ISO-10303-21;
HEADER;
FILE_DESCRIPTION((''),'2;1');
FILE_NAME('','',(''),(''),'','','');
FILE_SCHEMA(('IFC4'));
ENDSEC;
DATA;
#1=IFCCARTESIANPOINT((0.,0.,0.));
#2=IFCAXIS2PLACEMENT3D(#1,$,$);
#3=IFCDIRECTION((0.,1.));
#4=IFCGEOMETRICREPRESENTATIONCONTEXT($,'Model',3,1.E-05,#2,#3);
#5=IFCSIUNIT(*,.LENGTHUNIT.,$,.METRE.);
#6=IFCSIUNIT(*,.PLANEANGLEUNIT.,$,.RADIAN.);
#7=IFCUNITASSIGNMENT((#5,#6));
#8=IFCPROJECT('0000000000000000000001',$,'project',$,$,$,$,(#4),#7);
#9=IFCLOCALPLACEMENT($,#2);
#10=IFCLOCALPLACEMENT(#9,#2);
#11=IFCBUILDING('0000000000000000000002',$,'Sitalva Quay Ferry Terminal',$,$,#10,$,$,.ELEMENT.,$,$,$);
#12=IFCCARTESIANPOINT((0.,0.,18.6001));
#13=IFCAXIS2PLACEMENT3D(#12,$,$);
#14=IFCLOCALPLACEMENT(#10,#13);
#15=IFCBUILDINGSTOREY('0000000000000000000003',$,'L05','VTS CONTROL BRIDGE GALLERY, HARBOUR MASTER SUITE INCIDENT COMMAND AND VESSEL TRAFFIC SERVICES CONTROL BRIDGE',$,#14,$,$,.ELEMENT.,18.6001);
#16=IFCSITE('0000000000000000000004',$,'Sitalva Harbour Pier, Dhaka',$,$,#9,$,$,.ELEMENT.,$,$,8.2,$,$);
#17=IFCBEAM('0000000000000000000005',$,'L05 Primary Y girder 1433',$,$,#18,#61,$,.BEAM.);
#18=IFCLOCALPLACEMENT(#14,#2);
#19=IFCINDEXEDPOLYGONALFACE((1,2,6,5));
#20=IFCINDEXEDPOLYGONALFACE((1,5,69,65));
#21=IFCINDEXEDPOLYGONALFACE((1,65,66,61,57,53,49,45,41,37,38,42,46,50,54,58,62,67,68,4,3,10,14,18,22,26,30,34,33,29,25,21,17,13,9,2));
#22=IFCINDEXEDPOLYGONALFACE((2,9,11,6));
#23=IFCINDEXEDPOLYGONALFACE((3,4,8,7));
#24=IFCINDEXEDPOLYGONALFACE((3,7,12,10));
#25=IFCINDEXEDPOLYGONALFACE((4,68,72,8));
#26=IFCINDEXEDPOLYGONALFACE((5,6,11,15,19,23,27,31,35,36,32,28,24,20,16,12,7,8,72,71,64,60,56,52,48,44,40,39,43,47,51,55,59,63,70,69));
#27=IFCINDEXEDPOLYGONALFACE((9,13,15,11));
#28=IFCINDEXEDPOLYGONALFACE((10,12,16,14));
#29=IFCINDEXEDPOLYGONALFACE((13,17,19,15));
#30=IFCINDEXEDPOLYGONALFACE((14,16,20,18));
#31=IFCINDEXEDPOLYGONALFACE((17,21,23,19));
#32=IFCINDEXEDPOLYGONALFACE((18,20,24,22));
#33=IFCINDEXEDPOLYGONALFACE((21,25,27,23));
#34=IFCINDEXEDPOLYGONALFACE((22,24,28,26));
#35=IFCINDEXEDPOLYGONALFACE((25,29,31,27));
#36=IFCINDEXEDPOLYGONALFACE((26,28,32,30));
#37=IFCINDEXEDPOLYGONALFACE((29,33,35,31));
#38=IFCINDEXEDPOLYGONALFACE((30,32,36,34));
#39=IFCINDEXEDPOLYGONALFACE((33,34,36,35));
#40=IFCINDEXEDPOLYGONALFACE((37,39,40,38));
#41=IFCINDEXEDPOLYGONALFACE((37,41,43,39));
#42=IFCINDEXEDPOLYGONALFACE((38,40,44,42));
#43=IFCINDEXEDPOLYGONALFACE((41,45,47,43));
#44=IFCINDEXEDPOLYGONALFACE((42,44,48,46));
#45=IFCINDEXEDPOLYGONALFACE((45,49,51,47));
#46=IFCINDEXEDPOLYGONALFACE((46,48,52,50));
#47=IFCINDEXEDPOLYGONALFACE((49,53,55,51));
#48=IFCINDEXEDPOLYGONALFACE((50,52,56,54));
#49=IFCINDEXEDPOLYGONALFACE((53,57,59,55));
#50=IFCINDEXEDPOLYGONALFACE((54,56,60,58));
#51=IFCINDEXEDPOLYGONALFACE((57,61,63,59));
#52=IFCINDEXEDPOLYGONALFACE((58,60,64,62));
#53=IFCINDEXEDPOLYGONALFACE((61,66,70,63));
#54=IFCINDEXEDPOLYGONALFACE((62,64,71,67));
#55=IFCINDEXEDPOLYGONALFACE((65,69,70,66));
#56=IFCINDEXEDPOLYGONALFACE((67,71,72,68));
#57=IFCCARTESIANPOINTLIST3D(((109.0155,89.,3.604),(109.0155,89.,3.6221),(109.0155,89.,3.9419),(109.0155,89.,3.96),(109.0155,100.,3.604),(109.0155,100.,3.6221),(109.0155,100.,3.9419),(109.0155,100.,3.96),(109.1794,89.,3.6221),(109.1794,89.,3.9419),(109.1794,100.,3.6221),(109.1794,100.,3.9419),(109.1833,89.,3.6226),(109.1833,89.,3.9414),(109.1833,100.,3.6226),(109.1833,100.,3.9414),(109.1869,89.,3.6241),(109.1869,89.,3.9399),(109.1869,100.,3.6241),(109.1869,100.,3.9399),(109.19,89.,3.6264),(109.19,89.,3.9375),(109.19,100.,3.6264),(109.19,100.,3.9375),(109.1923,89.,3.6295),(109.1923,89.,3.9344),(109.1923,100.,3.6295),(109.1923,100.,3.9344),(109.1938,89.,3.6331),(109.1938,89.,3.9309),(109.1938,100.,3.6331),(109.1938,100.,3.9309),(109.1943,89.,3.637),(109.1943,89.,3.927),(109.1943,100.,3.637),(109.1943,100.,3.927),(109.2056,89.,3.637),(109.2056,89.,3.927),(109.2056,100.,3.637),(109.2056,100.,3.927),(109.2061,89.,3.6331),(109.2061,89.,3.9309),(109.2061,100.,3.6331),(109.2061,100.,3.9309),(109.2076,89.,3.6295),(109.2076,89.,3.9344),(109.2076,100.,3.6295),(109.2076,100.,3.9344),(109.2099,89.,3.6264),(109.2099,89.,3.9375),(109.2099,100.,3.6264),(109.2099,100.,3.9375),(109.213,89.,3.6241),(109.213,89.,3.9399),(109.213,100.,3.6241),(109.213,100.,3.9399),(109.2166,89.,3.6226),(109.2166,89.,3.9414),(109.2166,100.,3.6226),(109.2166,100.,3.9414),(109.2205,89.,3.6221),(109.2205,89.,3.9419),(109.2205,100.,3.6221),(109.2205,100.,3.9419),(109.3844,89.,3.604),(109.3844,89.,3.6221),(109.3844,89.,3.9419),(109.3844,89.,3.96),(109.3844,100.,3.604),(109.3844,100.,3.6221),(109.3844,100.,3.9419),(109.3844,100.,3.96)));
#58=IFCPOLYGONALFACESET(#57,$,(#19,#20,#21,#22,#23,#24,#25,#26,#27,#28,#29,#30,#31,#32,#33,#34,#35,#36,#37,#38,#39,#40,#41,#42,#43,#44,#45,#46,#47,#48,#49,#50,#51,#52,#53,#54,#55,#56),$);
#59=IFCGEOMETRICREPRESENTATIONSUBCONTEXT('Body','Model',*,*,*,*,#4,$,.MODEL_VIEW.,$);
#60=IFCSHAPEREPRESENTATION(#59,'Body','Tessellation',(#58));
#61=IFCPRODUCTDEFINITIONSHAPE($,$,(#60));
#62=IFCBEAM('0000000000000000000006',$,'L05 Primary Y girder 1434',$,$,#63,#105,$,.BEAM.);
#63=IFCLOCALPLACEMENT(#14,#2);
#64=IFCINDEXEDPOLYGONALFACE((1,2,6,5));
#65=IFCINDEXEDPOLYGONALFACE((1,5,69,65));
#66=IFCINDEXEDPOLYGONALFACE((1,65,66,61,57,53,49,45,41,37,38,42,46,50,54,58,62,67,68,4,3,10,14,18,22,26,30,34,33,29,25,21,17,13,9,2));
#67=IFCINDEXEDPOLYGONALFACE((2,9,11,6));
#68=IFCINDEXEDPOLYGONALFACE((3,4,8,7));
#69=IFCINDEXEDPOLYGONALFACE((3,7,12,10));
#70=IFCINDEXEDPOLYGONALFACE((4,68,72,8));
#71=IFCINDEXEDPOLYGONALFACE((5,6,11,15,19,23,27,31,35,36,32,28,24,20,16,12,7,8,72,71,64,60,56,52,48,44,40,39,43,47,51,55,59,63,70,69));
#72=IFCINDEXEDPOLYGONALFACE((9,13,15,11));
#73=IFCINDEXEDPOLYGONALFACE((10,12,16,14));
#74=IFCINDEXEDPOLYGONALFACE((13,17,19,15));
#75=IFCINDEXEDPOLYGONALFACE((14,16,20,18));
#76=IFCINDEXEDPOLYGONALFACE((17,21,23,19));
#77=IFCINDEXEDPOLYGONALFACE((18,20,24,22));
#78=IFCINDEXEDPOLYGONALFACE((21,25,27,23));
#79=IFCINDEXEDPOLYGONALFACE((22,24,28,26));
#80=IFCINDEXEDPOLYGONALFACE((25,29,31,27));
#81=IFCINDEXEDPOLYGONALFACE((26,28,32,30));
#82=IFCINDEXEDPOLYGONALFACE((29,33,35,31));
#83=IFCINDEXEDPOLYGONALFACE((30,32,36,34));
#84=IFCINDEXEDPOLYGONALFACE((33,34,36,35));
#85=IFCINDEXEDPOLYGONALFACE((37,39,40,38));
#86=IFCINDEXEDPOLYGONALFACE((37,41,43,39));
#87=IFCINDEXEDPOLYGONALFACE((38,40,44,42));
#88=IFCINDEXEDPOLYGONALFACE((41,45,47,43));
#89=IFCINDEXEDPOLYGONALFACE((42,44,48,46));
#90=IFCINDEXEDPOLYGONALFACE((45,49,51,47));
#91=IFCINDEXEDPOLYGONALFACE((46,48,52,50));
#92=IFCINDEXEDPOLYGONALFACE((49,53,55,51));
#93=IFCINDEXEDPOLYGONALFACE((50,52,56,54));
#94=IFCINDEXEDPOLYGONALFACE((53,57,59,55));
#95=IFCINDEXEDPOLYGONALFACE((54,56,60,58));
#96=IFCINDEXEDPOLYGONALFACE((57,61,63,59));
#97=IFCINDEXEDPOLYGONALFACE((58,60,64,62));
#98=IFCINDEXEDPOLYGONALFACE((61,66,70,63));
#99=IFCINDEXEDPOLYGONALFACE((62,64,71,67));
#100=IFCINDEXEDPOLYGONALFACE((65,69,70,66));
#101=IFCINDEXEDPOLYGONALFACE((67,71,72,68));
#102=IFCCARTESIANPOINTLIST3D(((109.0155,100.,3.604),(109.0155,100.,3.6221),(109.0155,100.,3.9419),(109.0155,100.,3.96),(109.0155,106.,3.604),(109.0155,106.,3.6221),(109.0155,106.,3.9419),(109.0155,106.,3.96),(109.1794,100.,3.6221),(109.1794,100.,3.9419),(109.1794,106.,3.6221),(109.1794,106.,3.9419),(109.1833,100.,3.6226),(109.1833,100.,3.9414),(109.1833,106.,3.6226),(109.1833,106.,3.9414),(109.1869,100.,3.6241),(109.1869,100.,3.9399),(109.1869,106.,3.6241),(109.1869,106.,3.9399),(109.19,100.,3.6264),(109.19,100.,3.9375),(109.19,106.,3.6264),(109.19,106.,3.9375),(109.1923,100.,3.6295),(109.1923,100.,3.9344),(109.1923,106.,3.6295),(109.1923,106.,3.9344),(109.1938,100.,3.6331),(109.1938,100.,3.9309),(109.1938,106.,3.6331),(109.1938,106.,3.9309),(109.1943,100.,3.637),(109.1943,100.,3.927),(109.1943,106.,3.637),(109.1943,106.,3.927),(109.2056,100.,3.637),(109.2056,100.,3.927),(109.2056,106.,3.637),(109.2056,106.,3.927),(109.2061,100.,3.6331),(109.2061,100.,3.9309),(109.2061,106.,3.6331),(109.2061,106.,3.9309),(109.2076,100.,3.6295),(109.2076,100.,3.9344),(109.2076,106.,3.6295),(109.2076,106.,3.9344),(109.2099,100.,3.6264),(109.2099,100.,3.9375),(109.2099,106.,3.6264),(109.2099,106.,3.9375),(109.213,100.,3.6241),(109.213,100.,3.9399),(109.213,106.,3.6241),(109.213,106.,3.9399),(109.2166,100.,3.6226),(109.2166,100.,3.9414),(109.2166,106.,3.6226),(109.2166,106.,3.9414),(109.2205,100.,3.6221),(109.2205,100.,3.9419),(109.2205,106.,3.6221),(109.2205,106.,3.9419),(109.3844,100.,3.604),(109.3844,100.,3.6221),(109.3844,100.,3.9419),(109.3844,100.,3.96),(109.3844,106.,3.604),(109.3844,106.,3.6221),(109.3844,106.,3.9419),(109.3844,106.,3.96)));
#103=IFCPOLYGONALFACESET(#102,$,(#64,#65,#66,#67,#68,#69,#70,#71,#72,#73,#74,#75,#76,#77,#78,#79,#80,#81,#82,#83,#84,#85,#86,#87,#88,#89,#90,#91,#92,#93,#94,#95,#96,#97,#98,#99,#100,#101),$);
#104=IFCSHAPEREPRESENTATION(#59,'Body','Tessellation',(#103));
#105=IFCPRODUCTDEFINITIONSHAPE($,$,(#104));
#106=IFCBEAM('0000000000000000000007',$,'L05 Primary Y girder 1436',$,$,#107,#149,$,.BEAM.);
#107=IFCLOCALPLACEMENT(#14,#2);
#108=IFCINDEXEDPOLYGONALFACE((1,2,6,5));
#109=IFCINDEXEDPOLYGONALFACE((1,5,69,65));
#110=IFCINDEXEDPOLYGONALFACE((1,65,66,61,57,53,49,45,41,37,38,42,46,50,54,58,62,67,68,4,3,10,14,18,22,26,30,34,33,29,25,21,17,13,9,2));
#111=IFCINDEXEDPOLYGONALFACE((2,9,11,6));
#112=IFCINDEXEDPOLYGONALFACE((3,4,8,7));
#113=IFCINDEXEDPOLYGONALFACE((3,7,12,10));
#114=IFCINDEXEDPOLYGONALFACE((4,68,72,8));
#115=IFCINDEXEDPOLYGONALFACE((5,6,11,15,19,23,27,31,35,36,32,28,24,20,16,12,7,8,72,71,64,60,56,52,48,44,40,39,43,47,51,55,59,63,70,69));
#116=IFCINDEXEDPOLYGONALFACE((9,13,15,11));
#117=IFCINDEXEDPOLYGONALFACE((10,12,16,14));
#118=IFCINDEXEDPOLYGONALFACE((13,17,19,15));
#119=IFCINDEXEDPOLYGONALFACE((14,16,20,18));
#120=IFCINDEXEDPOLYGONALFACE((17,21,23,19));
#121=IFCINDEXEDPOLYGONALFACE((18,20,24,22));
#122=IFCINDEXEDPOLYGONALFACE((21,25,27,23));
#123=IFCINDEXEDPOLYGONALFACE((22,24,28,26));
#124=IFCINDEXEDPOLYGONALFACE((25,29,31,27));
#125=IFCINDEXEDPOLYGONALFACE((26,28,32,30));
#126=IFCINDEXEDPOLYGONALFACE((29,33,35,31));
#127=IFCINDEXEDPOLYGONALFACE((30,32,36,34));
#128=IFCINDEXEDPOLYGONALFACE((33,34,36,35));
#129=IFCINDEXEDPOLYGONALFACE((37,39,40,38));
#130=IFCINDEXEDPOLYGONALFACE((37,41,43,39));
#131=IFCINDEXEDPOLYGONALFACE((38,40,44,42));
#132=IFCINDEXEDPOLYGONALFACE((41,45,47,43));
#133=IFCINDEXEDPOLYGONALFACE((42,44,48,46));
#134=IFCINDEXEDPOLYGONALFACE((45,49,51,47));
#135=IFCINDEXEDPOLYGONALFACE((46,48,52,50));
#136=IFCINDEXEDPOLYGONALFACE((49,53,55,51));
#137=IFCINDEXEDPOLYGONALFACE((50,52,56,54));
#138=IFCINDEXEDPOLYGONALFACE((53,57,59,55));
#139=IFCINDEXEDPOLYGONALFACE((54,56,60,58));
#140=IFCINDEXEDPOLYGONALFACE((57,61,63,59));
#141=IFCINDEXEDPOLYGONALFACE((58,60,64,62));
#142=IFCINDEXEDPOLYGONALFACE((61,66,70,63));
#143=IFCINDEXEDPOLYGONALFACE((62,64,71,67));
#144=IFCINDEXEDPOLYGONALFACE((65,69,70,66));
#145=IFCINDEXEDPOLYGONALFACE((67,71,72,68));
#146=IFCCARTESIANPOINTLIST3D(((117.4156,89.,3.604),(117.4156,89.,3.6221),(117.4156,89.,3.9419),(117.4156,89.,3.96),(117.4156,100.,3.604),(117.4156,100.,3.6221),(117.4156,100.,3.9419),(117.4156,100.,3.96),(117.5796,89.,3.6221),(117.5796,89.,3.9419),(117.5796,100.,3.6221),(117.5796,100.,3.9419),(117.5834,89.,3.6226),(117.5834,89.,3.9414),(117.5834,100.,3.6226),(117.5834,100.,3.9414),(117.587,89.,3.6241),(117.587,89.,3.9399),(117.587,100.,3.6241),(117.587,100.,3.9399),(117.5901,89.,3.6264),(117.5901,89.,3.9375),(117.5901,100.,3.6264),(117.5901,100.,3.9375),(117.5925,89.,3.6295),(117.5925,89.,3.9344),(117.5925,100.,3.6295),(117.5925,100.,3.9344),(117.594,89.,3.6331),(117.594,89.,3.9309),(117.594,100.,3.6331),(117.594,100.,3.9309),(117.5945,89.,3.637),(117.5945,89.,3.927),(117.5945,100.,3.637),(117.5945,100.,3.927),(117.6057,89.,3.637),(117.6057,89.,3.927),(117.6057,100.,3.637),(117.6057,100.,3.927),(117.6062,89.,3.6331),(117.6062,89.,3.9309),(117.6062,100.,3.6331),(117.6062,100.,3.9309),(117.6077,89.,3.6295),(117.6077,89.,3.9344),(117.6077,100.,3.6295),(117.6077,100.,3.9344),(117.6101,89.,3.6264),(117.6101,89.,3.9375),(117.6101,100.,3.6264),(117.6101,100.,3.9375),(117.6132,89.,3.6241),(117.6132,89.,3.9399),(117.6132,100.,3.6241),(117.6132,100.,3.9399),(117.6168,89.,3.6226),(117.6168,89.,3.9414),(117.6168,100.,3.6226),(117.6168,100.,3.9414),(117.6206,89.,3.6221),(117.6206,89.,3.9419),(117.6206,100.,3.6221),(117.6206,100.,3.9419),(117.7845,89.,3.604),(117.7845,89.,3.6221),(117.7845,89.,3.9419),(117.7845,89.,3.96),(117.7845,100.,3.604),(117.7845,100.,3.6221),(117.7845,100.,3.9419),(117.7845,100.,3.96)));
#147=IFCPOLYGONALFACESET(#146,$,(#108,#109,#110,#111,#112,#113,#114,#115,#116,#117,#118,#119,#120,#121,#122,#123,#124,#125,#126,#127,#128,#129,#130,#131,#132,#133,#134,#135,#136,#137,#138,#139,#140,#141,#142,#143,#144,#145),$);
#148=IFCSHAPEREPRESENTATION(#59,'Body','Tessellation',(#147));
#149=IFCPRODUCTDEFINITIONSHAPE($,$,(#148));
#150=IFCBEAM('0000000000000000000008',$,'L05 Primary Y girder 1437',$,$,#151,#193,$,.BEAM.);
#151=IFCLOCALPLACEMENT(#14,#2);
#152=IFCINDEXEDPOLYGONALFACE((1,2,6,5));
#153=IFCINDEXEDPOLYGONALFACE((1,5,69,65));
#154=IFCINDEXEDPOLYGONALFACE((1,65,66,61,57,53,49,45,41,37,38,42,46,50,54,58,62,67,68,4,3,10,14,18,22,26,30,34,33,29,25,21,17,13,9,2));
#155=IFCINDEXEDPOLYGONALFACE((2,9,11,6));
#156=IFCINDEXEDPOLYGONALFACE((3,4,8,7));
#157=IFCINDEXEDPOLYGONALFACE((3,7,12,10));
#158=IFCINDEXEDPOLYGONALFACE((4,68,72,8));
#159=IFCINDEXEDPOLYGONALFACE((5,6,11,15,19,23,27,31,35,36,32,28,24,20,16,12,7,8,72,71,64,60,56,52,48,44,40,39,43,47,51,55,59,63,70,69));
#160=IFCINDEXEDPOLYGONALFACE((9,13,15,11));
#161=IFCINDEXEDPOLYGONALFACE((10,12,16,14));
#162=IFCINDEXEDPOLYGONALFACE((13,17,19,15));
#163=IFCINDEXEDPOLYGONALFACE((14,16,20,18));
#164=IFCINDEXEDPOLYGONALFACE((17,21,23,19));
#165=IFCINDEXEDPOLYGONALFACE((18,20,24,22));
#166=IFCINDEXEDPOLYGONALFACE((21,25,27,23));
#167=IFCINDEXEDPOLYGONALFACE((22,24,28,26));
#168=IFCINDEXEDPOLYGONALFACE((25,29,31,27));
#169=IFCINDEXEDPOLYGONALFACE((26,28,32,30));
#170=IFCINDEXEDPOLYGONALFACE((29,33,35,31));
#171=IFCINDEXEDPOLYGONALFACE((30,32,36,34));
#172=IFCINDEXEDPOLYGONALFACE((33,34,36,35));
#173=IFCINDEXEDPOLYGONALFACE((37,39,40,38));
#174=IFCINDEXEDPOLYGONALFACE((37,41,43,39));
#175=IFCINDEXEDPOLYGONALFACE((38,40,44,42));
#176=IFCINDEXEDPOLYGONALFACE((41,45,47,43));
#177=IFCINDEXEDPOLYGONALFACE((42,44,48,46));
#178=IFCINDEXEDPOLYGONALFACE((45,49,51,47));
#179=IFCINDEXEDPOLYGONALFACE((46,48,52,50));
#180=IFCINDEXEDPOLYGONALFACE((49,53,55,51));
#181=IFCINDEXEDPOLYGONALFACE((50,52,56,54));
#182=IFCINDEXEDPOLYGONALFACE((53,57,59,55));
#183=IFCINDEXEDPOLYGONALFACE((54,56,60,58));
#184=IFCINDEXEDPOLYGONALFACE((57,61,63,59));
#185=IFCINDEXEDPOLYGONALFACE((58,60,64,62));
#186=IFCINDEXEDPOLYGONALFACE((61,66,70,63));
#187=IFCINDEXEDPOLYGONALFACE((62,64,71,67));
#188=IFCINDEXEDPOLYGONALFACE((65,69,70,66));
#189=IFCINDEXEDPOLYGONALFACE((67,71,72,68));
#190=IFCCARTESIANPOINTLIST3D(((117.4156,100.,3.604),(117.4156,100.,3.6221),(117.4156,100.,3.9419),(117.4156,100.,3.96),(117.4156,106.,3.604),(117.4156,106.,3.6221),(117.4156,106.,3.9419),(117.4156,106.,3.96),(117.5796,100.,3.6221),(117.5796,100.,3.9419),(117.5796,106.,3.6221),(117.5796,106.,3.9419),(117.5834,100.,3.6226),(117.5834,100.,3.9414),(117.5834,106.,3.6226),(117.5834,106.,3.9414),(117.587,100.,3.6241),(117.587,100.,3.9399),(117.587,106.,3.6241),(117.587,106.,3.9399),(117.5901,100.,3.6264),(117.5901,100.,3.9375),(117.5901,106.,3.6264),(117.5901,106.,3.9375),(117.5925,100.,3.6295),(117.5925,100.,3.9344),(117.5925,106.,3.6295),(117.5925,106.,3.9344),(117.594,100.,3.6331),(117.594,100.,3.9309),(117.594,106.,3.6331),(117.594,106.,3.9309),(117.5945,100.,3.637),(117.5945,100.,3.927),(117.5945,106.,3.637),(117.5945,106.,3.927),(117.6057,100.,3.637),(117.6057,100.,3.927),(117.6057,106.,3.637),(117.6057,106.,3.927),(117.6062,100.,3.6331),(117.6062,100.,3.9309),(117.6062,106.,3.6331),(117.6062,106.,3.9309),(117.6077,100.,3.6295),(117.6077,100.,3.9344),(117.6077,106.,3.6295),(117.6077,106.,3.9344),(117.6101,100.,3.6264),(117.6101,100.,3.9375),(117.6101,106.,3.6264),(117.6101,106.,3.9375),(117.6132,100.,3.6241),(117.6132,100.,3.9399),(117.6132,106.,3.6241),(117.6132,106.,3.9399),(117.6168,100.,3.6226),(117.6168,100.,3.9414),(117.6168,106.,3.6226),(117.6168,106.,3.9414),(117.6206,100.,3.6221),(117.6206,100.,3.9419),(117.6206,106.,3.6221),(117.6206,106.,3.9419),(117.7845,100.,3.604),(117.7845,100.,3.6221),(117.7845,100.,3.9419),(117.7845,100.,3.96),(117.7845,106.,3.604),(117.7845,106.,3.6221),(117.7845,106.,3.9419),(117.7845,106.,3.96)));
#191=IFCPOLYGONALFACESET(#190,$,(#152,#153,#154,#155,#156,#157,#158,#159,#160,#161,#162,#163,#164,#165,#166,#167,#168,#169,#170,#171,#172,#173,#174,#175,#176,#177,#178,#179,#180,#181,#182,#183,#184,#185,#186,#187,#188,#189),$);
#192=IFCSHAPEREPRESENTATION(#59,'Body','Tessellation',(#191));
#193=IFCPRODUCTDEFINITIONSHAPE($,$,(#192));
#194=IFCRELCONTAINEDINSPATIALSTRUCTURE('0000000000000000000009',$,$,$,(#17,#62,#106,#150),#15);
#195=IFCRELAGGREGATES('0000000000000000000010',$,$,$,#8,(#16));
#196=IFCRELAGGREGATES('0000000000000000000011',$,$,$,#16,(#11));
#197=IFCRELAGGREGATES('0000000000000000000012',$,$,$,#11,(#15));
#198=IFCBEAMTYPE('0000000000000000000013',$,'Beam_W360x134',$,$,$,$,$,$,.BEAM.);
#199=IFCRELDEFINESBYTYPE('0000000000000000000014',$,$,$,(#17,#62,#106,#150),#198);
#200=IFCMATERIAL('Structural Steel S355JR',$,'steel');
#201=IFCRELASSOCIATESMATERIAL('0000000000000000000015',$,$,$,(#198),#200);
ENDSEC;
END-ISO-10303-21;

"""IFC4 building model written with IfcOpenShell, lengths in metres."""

from ifc_helpers import new_model, si_unit, direction, frame, origin, origin_2d, place, context, subcontext, project, spatial, i_section, extrude, material, material_profile, profile_set, type_object, element, save


model = new_model("IFC4")

# Units and contexts
model_context = context("Model", 3, precision=1e-05, world=origin(), true_north=direction((0.0, 1.0)))
body_context = subcontext(model_context, "Body", "Model", "MODEL_VIEW")
ifc_project = project(units=[si_unit("LENGTHUNIT", "METRE"), si_unit("PLANEANGLEUNIT", "RADIAN")], contexts=[model_context])

# Site, building, storey
site_placement = place(None, origin())
site = spatial("IfcSite", under=ifc_project, at=site_placement, Name="Sitalva Harbour Pier, Dhaka", CompositionType="ELEMENT", RefElevation=8.2)
building_placement = place(site_placement, origin())
building = spatial("IfcBuilding", under=site, at=building_placement, Name="Sitalva Quay Ferry Terminal", CompositionType="ELEMENT")
storey_placement = place(building_placement, frame((0.0, 0.0, 18.6001)))
storey = spatial("IfcBuildingStorey", under=building, at=storey_placement, Name="L05", Description="VTS CONTROL BRIDGE GALLERY, HARBOUR MASTER SUITE INCIDENT COMMAND AND VESSEL TRAFFIC SERVICES CONTROL BRIDGE", CompositionType="ELEMENT", Elevation=18.6001)

# Beams
ifc_material_1 = material(Name="Structural Steel S355JR", Category="steel")
ifc_material_profile_1 = material_profile(ifc_material_1, i_section(OverallWidth=0.3689, OverallDepth=0.356, WebThickness=0.0112, FlangeThickness=0.0181, FilletRadius=0.0149, at=origin_2d()), Name="W360x134")
ifc_profile_set_1 = profile_set([ifc_material_profile_1], Name="Structural Steel S355JR")
beam_type_1 = type_object("IfcBeamType", Name="Beam_W360x134", PredefinedType="BEAM", material=ifc_profile_set_1)
beam_1_placement = place(storey_placement, frame((109.2, 89.0, 3.782), z_axis=(0.0, 1.0, 0.0), x_axis=(-1.0, 0.0, 0.0)))
element("IfcBeam", 1, at=beam_1_placement, inside=storey, type_object=beam_type_1, Name="L05 Primary Y girder 1433", PredefinedType="BEAM", context=body_context, shape_type="SweptSolid", body=[
    extrude(i_section(OverallWidth=0.3689, OverallDepth=0.356, WebThickness=0.0112, FlangeThickness=0.0181, FilletRadius=0.0149, at=origin_2d()), origin(), (0.0, 0.0, 1.0), 11.0),
])
beam_2_placement = place(storey_placement, frame((109.2, 100.0, 3.782), z_axis=(0.0, 1.0, 0.0), x_axis=(-1.0, 0.0, 0.0)))
element("IfcBeam", 2, at=beam_2_placement, inside=storey, type_object=beam_type_1, Name="L05 Primary Y girder 1434", PredefinedType="BEAM", context=body_context, shape_type="SweptSolid", body=[
    extrude(i_section(OverallWidth=0.3689, OverallDepth=0.356, WebThickness=0.0112, FlangeThickness=0.0181, FilletRadius=0.0149, at=origin_2d()), origin(), (0.0, 0.0, 1.0), 6.0),
])
beam_3_placement = place(storey_placement, frame((117.6001, 89.0, 3.782), z_axis=(0.0, 1.0, 0.0), x_axis=(-1.0, 0.0, 0.0)))
element("IfcBeam", 3, at=beam_3_placement, inside=storey, type_object=beam_type_1, Name="L05 Primary Y girder 1436", PredefinedType="BEAM", context=body_context, shape_type="SweptSolid", body=[
    extrude(i_section(OverallWidth=0.3689, OverallDepth=0.356, WebThickness=0.0112, FlangeThickness=0.0181, FilletRadius=0.0149, at=origin_2d()), origin(), (0.0, 0.0, 1.0), 11.0),
])
beam_4_placement = place(storey_placement, frame((117.6001, 100.0, 3.782), z_axis=(0.0, 1.0, 0.0), x_axis=(-1.0, 0.0, 0.0)))
element("IfcBeam", 4, at=beam_4_placement, inside=storey, type_object=beam_type_1, Name="L05 Primary Y girder 1437", PredefinedType="BEAM", context=body_context, shape_type="SweptSolid", body=[
    extrude(i_section(OverallWidth=0.3689, OverallDepth=0.356, WebThickness=0.0112, FlangeThickness=0.0181, FilletRadius=0.0149, at=origin_2d()), origin(), (0.0, 0.0, 1.0), 6.0),
])

save(model, "model.ifc")
